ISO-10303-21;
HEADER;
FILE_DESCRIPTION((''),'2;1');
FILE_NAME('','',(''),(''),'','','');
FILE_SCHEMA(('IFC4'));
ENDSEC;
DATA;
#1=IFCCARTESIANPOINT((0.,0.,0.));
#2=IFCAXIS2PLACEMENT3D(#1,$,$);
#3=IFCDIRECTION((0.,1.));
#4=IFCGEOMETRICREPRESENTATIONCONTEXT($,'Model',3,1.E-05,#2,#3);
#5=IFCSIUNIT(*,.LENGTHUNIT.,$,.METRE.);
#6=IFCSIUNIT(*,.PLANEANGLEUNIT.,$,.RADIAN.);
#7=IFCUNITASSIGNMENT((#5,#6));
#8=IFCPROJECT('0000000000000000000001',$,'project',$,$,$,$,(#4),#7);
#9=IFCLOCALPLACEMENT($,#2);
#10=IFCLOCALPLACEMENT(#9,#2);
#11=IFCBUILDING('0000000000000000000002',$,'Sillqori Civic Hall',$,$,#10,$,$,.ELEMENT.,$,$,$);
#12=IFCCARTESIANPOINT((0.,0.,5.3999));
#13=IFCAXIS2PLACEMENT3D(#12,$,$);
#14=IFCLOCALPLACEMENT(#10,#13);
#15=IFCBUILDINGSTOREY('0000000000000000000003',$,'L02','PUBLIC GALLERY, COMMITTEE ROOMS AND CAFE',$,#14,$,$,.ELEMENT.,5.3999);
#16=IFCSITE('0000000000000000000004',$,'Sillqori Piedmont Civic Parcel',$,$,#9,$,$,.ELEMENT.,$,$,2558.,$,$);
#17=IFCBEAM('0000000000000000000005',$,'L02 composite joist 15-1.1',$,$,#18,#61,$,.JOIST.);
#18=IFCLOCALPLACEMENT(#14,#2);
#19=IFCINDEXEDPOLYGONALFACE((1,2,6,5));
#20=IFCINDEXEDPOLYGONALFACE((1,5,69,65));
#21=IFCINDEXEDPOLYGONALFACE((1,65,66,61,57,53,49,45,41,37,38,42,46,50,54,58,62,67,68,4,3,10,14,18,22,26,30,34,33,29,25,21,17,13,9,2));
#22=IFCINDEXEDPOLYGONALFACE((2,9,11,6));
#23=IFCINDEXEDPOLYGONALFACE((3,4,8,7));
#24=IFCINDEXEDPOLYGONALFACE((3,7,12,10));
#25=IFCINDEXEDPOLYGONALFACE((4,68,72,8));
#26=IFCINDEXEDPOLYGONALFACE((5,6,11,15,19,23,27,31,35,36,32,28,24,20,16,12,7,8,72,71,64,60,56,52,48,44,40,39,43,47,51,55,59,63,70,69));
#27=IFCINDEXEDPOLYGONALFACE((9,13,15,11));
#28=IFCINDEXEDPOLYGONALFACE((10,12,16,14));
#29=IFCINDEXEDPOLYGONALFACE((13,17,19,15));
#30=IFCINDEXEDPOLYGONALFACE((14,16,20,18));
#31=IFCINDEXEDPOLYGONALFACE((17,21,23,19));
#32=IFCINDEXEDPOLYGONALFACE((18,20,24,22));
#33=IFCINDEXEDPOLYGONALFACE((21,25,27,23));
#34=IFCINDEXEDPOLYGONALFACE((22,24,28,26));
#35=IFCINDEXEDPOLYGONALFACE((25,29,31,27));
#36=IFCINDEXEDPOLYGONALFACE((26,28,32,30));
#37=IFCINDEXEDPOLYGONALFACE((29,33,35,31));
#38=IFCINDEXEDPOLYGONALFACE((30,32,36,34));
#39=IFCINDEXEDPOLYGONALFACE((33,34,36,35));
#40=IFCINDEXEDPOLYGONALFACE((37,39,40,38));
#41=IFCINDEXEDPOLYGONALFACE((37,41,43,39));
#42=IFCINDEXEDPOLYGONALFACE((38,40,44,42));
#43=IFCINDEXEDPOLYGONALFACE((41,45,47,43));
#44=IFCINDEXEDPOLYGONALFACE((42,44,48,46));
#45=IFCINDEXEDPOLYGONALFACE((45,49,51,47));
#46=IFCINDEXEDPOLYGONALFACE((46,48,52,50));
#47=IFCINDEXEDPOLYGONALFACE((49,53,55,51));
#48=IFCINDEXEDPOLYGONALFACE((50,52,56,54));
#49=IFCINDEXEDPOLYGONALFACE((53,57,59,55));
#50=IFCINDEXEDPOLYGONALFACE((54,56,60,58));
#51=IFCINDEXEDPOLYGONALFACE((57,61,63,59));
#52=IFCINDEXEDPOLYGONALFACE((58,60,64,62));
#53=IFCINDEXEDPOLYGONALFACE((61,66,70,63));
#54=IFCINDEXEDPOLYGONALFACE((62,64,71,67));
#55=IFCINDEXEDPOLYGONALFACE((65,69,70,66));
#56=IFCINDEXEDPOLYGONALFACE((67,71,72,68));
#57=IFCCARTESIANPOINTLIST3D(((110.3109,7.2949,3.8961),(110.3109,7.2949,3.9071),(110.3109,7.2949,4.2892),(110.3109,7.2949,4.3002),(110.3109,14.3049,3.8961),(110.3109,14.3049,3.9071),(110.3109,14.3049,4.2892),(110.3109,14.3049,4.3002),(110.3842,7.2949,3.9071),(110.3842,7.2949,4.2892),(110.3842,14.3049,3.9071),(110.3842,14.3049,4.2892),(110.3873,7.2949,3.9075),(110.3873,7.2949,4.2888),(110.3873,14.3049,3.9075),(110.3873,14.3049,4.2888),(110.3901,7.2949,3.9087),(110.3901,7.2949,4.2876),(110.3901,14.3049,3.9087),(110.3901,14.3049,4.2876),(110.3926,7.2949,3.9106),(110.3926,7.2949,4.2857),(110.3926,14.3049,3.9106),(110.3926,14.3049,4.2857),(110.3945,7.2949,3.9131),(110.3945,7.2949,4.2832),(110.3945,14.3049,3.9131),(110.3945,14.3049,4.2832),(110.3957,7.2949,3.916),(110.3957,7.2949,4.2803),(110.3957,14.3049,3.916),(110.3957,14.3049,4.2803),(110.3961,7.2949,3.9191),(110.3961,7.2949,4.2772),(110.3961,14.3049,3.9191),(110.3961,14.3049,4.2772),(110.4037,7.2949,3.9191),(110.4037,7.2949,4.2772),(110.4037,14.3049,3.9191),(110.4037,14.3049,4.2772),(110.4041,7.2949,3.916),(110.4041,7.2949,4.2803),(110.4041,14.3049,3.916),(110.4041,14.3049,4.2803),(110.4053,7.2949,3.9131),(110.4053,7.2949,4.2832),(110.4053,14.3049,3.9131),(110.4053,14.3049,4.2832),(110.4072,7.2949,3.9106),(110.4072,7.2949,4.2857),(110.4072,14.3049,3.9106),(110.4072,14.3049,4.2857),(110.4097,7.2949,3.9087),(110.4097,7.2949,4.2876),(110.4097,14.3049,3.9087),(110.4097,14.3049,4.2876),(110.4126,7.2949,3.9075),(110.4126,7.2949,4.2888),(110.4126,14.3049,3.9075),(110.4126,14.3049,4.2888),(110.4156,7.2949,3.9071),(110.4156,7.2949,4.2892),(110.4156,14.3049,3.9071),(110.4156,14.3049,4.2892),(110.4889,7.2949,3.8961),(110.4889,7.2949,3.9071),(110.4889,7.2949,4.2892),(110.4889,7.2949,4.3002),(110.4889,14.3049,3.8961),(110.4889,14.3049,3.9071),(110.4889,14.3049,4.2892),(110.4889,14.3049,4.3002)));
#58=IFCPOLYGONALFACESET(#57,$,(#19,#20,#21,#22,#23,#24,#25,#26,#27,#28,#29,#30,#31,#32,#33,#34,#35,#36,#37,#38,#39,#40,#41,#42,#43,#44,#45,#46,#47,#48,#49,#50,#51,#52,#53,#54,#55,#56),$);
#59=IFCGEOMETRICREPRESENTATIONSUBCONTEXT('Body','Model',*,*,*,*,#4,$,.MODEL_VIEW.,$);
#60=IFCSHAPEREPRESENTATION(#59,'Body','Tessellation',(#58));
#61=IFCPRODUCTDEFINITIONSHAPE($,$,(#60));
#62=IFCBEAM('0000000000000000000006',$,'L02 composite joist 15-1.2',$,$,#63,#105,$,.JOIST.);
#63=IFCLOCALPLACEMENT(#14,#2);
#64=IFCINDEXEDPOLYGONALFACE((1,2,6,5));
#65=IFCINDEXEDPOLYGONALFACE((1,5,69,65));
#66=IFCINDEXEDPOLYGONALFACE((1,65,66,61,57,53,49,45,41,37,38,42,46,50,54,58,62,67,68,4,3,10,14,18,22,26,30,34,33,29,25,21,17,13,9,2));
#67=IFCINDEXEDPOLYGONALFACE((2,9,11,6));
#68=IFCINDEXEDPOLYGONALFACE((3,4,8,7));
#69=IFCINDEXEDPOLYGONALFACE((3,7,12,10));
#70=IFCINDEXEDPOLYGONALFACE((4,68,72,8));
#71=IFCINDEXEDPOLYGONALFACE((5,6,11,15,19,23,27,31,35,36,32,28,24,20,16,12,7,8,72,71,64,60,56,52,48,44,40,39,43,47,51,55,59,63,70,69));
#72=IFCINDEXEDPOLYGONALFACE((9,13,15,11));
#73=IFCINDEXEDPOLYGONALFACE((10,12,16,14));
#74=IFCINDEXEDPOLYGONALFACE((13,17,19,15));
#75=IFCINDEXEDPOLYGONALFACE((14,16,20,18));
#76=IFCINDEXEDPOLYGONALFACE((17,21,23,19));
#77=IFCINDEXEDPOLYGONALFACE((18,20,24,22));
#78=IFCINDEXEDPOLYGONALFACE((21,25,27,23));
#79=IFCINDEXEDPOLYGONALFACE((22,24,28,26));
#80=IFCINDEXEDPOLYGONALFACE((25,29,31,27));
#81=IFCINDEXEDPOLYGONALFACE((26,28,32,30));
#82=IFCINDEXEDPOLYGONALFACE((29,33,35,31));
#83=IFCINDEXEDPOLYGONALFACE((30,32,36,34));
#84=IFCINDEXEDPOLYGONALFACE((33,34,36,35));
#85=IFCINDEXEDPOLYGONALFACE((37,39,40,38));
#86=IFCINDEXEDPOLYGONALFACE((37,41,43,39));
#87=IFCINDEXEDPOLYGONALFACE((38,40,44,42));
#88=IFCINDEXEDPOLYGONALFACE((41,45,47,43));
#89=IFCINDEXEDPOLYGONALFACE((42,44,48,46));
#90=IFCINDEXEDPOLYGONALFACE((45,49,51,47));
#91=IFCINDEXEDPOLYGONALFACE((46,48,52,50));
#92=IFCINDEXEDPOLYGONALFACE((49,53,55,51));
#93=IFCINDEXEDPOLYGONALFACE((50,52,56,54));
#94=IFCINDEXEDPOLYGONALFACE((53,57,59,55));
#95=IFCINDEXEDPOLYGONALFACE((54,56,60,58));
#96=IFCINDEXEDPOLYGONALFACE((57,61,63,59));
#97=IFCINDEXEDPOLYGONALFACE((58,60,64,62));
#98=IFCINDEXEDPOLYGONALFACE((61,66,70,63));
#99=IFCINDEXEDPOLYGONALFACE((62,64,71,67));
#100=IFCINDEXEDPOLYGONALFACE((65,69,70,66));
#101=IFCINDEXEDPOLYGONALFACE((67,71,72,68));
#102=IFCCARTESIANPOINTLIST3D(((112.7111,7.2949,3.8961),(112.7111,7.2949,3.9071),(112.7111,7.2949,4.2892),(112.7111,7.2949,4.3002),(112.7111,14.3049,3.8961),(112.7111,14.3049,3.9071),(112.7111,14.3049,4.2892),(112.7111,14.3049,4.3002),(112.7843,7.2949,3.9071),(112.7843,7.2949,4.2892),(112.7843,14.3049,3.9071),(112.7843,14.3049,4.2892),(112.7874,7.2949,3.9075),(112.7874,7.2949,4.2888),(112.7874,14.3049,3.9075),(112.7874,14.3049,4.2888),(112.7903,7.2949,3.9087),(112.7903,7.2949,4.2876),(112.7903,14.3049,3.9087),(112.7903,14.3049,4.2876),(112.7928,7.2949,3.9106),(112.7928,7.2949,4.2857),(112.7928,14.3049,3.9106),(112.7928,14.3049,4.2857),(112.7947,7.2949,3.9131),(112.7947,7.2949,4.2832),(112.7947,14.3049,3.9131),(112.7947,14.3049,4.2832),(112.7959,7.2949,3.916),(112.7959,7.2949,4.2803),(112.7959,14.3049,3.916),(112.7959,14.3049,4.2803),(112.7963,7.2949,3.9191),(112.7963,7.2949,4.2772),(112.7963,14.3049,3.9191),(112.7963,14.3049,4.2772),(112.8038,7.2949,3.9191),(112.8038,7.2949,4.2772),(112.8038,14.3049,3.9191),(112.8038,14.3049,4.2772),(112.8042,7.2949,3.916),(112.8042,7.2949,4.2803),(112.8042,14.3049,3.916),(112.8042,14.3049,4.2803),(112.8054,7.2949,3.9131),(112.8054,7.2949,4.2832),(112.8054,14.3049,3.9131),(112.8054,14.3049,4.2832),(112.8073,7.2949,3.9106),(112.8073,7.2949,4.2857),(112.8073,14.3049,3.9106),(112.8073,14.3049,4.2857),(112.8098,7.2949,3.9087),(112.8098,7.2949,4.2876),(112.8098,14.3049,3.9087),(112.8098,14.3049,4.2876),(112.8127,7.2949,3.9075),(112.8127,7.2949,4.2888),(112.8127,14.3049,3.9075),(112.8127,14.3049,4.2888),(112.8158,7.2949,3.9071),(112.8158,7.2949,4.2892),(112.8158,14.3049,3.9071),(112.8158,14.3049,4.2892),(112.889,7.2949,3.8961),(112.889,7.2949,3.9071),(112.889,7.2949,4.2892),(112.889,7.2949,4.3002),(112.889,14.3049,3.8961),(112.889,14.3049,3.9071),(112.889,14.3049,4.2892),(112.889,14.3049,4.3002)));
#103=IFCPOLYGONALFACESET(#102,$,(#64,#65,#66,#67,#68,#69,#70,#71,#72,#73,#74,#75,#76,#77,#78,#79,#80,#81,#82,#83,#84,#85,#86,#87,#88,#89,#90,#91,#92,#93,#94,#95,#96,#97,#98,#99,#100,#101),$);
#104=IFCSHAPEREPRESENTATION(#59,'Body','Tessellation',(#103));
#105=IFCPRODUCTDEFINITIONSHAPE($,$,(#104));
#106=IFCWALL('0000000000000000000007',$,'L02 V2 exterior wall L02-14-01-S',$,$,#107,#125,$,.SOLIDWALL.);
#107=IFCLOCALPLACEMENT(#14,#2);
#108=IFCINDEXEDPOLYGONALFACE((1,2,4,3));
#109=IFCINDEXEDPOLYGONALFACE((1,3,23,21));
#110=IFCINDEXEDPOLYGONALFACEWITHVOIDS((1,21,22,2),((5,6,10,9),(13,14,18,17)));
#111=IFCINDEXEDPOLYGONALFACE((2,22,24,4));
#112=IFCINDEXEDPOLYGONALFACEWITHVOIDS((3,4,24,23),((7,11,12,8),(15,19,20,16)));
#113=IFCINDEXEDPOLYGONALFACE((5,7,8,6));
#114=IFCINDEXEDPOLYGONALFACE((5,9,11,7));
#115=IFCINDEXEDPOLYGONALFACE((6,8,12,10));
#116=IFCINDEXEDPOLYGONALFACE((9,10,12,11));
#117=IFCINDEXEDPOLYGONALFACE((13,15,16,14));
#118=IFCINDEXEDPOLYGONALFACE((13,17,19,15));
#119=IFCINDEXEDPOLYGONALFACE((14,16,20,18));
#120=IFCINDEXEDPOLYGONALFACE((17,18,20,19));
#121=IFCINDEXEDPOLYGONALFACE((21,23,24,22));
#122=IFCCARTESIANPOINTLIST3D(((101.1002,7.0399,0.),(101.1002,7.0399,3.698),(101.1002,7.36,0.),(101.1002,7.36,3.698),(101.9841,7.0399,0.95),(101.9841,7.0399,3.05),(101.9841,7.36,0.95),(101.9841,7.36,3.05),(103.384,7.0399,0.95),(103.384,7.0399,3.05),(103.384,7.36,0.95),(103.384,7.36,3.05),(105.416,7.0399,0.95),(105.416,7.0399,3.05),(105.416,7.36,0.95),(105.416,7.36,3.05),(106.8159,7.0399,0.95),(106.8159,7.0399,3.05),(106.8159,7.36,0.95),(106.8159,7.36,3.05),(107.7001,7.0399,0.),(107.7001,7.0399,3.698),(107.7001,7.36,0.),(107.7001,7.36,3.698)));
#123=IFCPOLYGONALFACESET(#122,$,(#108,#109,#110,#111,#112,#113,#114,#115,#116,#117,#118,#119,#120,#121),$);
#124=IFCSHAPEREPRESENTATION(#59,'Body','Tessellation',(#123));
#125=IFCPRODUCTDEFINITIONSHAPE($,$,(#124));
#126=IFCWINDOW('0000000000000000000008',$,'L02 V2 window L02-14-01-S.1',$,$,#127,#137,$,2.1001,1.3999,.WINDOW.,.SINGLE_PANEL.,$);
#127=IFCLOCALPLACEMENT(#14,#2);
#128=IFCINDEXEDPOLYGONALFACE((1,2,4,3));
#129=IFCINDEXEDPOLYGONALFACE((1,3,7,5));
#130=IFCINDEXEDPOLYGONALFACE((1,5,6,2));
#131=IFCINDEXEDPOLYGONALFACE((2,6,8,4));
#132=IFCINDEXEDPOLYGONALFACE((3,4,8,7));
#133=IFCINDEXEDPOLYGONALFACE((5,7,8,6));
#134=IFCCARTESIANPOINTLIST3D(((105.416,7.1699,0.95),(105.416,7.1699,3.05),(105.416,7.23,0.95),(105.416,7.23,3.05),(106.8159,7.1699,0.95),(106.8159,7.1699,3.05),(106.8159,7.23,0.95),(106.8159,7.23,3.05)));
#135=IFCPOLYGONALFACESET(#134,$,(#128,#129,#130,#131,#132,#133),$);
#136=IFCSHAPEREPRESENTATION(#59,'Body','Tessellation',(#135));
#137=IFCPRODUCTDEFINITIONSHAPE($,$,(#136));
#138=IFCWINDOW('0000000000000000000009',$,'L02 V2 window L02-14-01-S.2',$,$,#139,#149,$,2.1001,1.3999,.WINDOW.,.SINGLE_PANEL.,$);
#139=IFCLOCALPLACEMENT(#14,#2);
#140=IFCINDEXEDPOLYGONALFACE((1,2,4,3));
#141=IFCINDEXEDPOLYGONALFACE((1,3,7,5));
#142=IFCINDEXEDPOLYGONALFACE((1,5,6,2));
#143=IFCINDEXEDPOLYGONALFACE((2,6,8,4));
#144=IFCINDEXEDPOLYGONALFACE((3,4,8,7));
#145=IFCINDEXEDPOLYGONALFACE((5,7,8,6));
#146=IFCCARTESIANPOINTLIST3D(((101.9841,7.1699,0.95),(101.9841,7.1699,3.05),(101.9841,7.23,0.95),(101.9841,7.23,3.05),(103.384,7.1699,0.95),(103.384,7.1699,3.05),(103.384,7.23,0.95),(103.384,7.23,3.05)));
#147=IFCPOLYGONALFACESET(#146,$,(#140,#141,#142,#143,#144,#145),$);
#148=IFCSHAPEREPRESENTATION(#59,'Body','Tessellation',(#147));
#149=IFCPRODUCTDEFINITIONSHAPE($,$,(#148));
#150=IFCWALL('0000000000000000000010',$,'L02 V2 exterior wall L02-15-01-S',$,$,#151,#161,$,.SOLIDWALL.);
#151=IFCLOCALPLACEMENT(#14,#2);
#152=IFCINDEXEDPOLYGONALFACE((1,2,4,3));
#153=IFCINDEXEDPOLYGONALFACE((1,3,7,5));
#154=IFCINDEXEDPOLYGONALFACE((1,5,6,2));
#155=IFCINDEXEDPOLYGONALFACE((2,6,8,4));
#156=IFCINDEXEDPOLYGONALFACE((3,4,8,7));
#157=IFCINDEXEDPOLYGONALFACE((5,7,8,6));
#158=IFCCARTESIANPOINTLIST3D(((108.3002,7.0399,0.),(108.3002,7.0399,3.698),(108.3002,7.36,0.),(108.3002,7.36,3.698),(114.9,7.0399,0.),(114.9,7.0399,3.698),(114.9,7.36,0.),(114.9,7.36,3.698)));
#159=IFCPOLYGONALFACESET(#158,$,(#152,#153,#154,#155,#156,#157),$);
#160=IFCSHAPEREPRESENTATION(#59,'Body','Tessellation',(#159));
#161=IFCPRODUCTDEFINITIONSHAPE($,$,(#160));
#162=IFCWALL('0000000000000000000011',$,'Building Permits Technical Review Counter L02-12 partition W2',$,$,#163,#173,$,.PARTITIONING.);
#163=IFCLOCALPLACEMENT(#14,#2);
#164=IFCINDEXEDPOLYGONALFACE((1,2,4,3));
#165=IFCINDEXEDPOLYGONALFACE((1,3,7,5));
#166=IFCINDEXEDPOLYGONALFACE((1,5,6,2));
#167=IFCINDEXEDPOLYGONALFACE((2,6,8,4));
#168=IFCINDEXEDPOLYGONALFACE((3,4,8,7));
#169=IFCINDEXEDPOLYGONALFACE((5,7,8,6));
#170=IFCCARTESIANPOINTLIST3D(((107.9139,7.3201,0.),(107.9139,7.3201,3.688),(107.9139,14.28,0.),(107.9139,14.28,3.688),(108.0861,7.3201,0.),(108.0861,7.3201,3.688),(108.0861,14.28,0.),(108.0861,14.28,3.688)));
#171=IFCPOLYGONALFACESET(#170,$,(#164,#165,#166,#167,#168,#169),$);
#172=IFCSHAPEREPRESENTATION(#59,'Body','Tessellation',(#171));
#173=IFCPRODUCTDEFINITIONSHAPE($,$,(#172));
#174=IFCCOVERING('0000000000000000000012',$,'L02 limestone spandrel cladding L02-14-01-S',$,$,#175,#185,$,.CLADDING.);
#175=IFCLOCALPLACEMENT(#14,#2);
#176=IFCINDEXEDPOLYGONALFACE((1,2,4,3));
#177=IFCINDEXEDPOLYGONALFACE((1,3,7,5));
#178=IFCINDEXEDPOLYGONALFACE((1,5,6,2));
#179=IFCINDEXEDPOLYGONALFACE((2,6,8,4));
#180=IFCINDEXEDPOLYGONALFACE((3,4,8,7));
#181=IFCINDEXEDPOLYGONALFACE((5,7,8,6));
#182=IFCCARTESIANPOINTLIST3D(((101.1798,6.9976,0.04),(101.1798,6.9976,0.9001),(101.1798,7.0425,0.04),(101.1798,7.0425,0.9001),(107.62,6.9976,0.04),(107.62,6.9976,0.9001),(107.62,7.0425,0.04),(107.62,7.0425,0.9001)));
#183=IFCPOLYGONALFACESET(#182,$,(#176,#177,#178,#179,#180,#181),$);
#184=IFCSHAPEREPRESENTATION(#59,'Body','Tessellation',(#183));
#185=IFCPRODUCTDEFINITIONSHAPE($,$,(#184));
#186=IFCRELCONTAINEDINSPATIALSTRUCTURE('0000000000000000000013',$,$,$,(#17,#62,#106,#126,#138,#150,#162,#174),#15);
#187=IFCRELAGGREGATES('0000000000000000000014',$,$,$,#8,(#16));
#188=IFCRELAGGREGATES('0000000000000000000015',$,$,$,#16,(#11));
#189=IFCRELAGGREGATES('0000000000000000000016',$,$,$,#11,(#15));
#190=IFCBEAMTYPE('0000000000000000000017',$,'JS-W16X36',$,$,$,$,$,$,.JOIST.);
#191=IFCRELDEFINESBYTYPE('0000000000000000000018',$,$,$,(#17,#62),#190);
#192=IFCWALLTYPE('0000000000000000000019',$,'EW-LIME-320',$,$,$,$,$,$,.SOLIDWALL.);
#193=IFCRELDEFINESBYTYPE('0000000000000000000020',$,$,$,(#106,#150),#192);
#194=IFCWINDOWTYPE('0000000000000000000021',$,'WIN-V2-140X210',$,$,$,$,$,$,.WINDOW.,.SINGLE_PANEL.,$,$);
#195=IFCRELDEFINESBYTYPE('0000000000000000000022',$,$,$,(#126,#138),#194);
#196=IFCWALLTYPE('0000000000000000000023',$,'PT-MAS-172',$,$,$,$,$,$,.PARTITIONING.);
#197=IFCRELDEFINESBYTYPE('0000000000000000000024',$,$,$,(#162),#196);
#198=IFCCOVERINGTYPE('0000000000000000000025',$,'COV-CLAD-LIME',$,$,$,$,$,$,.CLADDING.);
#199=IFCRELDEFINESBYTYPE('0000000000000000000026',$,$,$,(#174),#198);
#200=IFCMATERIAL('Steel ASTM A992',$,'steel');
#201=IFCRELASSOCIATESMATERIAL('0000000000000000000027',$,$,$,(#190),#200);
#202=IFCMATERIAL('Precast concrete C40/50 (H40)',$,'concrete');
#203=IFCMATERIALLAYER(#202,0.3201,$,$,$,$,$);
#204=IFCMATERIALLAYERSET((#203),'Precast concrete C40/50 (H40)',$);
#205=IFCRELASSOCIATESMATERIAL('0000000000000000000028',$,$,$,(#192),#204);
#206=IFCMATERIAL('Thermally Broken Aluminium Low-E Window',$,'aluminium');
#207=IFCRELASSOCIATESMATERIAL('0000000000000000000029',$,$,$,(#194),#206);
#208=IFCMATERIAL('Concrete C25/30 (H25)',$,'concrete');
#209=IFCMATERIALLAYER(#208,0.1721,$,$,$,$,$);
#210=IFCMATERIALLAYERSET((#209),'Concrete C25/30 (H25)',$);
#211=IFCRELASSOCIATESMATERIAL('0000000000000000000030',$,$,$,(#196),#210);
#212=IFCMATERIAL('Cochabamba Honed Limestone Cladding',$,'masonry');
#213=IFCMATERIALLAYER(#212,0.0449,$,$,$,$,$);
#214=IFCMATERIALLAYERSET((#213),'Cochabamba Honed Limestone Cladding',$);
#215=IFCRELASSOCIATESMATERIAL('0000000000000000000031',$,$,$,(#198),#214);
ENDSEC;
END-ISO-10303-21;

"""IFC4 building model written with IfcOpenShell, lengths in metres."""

from ifc_helpers import new_model, si_unit, direction, frame, frame_2d, origin, origin_2d, place, context, subcontext, project, spatial, rectangle, i_section, extrude, material, layer, layer_set, material_profile, profile_set, type_object, element, fill, save


model = new_model("IFC4")

# Units and contexts
model_context = context("Model", 3, precision=1e-05, world=origin(), true_north=direction((0.0, 1.0)))
body_context = subcontext(model_context, "Body", "Model", "MODEL_VIEW")
ifc_project = project(units=[si_unit("LENGTHUNIT", "METRE"), si_unit("PLANEANGLEUNIT", "RADIAN")], contexts=[model_context])

# Site, building, storey
site_placement = place(None, origin())
site = spatial("IfcSite", under=ifc_project, at=site_placement, Name="Sillqori Piedmont Civic Parcel", CompositionType="ELEMENT", RefElevation=2558.0)
building_placement = place(site_placement, origin())
building = spatial("IfcBuilding", under=site, at=building_placement, Name="Sillqori Civic Hall", CompositionType="ELEMENT")
storey_placement = place(building_placement, frame((0.0, 0.0, 5.3999)))
storey = spatial("IfcBuildingStorey", under=building, at=storey_placement, Name="L02", Description="PUBLIC GALLERY, COMMITTEE ROOMS AND CAFE", CompositionType="ELEMENT", Elevation=5.3999)

# Beams
ifc_material_1 = material(Name="Steel ASTM A992", Category="steel")
ifc_material_profile_1 = material_profile(ifc_material_1, i_section(OverallWidth=0.178, OverallDepth=0.4041, WebThickness=0.0076, FlangeThickness=0.011, FilletRadius=0.012, at=origin_2d()), Name="W16X36")
ifc_profile_set_1 = profile_set([ifc_material_profile_1], Name="Steel ASTM A992")
beam_type_1 = type_object("IfcBeamType", Name="JS-W16X36", PredefinedType="JOIST", material=ifc_profile_set_1)
for number, where, z_axis, x_axis, name in (
    (1, (110.3999, 7.2949, 4.0981), (0.0, 1.0, 0.0), (-1.0, 0.0, 0.0), "L02 composite joist 15-1.1"),
    (2, (112.8, 7.2949, 4.0981), (0.0, 1.0, 0.0), (-1.0, 0.0, 0.0), "L02 composite joist 15-1.2"),
):
    element("IfcBeam", number, at=place(storey_placement, frame(where, z_axis=z_axis, x_axis=x_axis)), inside=storey, type_object=beam_type_1, Name=name, PredefinedType="JOIST", context=body_context, shape_type="SweptSolid", body=[
        extrude(i_section(OverallWidth=0.178, OverallDepth=0.4041, WebThickness=0.0076, FlangeThickness=0.011, FilletRadius=0.012, at=origin_2d()), origin(), (0.0, 0.0, 1.0), 7.01),
    ])

# Wall, openings, windows
ifc_material_2 = material(Name="Precast concrete C40/50 (H40)", Category="concrete")
ifc_layer_1 = layer(ifc_material_2, 0.3201)
ifc_layer_set_1 = layer_set([ifc_layer_1], Name="Precast concrete C40/50 (H40)")
wall_type_1 = type_object("IfcWallType", Name="EW-LIME-320", PredefinedType="SOLIDWALL", material=ifc_layer_set_1)
wall_1_placement = place(storey_placement, frame((107.7, 7.2, 0.0), z_axis=(0.0, 0.0, 1.0), x_axis=(-1.0, 0.0, 0.0)))
wall_1 = element("IfcWall", 3, at=wall_1_placement, inside=storey, type_object=wall_type_1, Name="L02 V2 exterior wall L02-14-01-S", PredefinedType="SOLIDWALL", context=body_context, shape_type="SweptSolid", body=[
    extrude(rectangle(XDim=6.5999, YDim=0.3201, at=frame_2d((3.2998, 0.0))), origin(), (0.0, 0.0, 1.0), 3.698),
])
opening_1_placement = place(wall_1_placement, frame((0.884, 0.0, 0.95)))
opening_1 = element("IfcOpeningElement", 4, at=opening_1_placement, cuts=wall_1, PredefinedType="OPENING", context=body_context, shape_type="SweptSolid", body=[
    extrude(rectangle(XDim=1.3999, YDim=2.1001, at=frame_2d((0.7, 1.05))), frame((0.0, 0.1699, 0.0), z_axis=(0.0, -1.0, 0.0), x_axis=(1.0, 0.0, 0.0)), (0.0, 0.0, 1.0), 0.3401),
])
opening_2_placement = place(wall_1_placement, frame((4.3159, 0.0, 0.95)))
opening_2 = element("IfcOpeningElement", 5, at=opening_2_placement, cuts=wall_1, PredefinedType="OPENING", context=body_context, shape_type="SweptSolid", body=[
    extrude(rectangle(XDim=1.3999, YDim=2.1001, at=frame_2d((0.7, 1.05))), frame((0.0, 0.1699, 0.0), z_axis=(0.0, -1.0, 0.0), x_axis=(1.0, 0.0, 0.0)), (0.0, 0.0, 1.0), 0.3401),
])
ifc_material_3 = material(Name="Thermally Broken Aluminium Low-E Window", Category="aluminium")
window_type = type_object("IfcWindowType", Name="WIN-V2-140X210", PartitioningType="SINGLE_PANEL", PredefinedType="WINDOW", material=ifc_material_3)
window_1_placement = place(opening_1_placement, origin())
window_1 = element("IfcWindow", 6, at=window_1_placement, inside=storey, type_object=window_type, Name="L02 V2 window L02-14-01-S.1", OverallHeight=2.1001, OverallWidth=1.3999, PartitioningType="SINGLE_PANEL", PredefinedType="WINDOW", context=body_context, shape_type="SweptSolid", body=[
    extrude(rectangle(XDim=1.3999, YDim=2.1001, at=frame_2d((0.7, 1.05))), frame((0.0, 0.03, 0.0), z_axis=(0.0, -1.0, 0.0), x_axis=(1.0, 0.0, 0.0)), (0.0, 0.0, 1.0), 0.0601),
])
fill(opening_1, window_1)
window_2_placement = place(opening_2_placement, origin())
window_2 = element("IfcWindow", 7, at=window_2_placement, inside=storey, type_object=window_type, Name="L02 V2 window L02-14-01-S.2", OverallHeight=2.1001, OverallWidth=1.3999, PartitioningType="SINGLE_PANEL", PredefinedType="WINDOW", context=body_context, shape_type="SweptSolid", body=[
    extrude(rectangle(XDim=1.3999, YDim=2.1001, at=frame_2d((0.7, 1.05))), frame((0.0, 0.03, 0.0), z_axis=(0.0, -1.0, 0.0), x_axis=(1.0, 0.0, 0.0)), (0.0, 0.0, 1.0), 0.0601),
])
fill(opening_2, window_2)

# Walls
wall_2_placement = place(storey_placement, frame((114.8999, 7.2, 0.0), z_axis=(0.0, 0.0, 1.0), x_axis=(-1.0, 0.0, 0.0)))
element("IfcWall", 8, at=wall_2_placement, inside=storey, type_object=wall_type_1, Name="L02 V2 exterior wall L02-15-01-S", PredefinedType="SOLIDWALL", context=body_context, shape_type="SweptSolid", body=[
    extrude(rectangle(XDim=6.5999, YDim=0.3201, at=frame_2d((3.2998, 0.0))), origin(), (0.0, 0.0, 1.0), 3.698),
])
ifc_material_4 = material(Name="Concrete C25/30 (H25)", Category="concrete")
ifc_layer_2 = layer(ifc_material_4, 0.1721)
ifc_layer_set_2 = layer_set([ifc_layer_2], Name="Concrete C25/30 (H25)")
wall_type_2 = type_object("IfcWallType", Name="PT-MAS-172", PredefinedType="PARTITIONING", material=ifc_layer_set_2)
wall_3_placement = place(storey_placement, frame((108.0, 7.3201, 0.0), z_axis=(0.0, 0.0, 1.0), x_axis=(0.0, 1.0, 0.0)))
element("IfcWall", 9, at=wall_3_placement, inside=storey, type_object=wall_type_2, Name="Building Permits Technical Review Counter L02-12 partition W2", PredefinedType="PARTITIONING", context=body_context, shape_type="SweptSolid", body=[
    extrude(rectangle(XDim=6.96, YDim=0.1721, at=frame_2d((3.48, 0.0))), origin(), (0.0, 0.0, 1.0), 3.688),
])

# Covering
ifc_material_5 = material(Name="Cochabamba Honed Limestone Cladding", Category="masonry")
ifc_layer_3 = layer(ifc_material_5, 0.0449)
ifc_layer_set_3 = layer_set([ifc_layer_3], Name="Cochabamba Honed Limestone Cladding")
covering_type = type_object("IfcCoveringType", Name="COV-CLAD-LIME", PredefinedType="CLADDING", material=ifc_layer_set_3)
covering_1_placement = place(storey_placement, frame((107.6201, 7.02, 0.04), z_axis=(0.0, 0.0, 1.0), x_axis=(-1.0, 0.0, 0.0)))
element("IfcCovering", 10, at=covering_1_placement, inside=storey, type_object=covering_type, Name="L02 limestone spandrel cladding L02-14-01-S", PredefinedType="CLADDING", context=body_context, shape_type="SweptSolid", body=[
    extrude(rectangle(XDim=6.4402, YDim=0.0449, at=frame_2d((3.2202, 0.0))), origin(), (0.0, 0.0, 1.0), 0.8601),
])

save(model, "model.ifc")
